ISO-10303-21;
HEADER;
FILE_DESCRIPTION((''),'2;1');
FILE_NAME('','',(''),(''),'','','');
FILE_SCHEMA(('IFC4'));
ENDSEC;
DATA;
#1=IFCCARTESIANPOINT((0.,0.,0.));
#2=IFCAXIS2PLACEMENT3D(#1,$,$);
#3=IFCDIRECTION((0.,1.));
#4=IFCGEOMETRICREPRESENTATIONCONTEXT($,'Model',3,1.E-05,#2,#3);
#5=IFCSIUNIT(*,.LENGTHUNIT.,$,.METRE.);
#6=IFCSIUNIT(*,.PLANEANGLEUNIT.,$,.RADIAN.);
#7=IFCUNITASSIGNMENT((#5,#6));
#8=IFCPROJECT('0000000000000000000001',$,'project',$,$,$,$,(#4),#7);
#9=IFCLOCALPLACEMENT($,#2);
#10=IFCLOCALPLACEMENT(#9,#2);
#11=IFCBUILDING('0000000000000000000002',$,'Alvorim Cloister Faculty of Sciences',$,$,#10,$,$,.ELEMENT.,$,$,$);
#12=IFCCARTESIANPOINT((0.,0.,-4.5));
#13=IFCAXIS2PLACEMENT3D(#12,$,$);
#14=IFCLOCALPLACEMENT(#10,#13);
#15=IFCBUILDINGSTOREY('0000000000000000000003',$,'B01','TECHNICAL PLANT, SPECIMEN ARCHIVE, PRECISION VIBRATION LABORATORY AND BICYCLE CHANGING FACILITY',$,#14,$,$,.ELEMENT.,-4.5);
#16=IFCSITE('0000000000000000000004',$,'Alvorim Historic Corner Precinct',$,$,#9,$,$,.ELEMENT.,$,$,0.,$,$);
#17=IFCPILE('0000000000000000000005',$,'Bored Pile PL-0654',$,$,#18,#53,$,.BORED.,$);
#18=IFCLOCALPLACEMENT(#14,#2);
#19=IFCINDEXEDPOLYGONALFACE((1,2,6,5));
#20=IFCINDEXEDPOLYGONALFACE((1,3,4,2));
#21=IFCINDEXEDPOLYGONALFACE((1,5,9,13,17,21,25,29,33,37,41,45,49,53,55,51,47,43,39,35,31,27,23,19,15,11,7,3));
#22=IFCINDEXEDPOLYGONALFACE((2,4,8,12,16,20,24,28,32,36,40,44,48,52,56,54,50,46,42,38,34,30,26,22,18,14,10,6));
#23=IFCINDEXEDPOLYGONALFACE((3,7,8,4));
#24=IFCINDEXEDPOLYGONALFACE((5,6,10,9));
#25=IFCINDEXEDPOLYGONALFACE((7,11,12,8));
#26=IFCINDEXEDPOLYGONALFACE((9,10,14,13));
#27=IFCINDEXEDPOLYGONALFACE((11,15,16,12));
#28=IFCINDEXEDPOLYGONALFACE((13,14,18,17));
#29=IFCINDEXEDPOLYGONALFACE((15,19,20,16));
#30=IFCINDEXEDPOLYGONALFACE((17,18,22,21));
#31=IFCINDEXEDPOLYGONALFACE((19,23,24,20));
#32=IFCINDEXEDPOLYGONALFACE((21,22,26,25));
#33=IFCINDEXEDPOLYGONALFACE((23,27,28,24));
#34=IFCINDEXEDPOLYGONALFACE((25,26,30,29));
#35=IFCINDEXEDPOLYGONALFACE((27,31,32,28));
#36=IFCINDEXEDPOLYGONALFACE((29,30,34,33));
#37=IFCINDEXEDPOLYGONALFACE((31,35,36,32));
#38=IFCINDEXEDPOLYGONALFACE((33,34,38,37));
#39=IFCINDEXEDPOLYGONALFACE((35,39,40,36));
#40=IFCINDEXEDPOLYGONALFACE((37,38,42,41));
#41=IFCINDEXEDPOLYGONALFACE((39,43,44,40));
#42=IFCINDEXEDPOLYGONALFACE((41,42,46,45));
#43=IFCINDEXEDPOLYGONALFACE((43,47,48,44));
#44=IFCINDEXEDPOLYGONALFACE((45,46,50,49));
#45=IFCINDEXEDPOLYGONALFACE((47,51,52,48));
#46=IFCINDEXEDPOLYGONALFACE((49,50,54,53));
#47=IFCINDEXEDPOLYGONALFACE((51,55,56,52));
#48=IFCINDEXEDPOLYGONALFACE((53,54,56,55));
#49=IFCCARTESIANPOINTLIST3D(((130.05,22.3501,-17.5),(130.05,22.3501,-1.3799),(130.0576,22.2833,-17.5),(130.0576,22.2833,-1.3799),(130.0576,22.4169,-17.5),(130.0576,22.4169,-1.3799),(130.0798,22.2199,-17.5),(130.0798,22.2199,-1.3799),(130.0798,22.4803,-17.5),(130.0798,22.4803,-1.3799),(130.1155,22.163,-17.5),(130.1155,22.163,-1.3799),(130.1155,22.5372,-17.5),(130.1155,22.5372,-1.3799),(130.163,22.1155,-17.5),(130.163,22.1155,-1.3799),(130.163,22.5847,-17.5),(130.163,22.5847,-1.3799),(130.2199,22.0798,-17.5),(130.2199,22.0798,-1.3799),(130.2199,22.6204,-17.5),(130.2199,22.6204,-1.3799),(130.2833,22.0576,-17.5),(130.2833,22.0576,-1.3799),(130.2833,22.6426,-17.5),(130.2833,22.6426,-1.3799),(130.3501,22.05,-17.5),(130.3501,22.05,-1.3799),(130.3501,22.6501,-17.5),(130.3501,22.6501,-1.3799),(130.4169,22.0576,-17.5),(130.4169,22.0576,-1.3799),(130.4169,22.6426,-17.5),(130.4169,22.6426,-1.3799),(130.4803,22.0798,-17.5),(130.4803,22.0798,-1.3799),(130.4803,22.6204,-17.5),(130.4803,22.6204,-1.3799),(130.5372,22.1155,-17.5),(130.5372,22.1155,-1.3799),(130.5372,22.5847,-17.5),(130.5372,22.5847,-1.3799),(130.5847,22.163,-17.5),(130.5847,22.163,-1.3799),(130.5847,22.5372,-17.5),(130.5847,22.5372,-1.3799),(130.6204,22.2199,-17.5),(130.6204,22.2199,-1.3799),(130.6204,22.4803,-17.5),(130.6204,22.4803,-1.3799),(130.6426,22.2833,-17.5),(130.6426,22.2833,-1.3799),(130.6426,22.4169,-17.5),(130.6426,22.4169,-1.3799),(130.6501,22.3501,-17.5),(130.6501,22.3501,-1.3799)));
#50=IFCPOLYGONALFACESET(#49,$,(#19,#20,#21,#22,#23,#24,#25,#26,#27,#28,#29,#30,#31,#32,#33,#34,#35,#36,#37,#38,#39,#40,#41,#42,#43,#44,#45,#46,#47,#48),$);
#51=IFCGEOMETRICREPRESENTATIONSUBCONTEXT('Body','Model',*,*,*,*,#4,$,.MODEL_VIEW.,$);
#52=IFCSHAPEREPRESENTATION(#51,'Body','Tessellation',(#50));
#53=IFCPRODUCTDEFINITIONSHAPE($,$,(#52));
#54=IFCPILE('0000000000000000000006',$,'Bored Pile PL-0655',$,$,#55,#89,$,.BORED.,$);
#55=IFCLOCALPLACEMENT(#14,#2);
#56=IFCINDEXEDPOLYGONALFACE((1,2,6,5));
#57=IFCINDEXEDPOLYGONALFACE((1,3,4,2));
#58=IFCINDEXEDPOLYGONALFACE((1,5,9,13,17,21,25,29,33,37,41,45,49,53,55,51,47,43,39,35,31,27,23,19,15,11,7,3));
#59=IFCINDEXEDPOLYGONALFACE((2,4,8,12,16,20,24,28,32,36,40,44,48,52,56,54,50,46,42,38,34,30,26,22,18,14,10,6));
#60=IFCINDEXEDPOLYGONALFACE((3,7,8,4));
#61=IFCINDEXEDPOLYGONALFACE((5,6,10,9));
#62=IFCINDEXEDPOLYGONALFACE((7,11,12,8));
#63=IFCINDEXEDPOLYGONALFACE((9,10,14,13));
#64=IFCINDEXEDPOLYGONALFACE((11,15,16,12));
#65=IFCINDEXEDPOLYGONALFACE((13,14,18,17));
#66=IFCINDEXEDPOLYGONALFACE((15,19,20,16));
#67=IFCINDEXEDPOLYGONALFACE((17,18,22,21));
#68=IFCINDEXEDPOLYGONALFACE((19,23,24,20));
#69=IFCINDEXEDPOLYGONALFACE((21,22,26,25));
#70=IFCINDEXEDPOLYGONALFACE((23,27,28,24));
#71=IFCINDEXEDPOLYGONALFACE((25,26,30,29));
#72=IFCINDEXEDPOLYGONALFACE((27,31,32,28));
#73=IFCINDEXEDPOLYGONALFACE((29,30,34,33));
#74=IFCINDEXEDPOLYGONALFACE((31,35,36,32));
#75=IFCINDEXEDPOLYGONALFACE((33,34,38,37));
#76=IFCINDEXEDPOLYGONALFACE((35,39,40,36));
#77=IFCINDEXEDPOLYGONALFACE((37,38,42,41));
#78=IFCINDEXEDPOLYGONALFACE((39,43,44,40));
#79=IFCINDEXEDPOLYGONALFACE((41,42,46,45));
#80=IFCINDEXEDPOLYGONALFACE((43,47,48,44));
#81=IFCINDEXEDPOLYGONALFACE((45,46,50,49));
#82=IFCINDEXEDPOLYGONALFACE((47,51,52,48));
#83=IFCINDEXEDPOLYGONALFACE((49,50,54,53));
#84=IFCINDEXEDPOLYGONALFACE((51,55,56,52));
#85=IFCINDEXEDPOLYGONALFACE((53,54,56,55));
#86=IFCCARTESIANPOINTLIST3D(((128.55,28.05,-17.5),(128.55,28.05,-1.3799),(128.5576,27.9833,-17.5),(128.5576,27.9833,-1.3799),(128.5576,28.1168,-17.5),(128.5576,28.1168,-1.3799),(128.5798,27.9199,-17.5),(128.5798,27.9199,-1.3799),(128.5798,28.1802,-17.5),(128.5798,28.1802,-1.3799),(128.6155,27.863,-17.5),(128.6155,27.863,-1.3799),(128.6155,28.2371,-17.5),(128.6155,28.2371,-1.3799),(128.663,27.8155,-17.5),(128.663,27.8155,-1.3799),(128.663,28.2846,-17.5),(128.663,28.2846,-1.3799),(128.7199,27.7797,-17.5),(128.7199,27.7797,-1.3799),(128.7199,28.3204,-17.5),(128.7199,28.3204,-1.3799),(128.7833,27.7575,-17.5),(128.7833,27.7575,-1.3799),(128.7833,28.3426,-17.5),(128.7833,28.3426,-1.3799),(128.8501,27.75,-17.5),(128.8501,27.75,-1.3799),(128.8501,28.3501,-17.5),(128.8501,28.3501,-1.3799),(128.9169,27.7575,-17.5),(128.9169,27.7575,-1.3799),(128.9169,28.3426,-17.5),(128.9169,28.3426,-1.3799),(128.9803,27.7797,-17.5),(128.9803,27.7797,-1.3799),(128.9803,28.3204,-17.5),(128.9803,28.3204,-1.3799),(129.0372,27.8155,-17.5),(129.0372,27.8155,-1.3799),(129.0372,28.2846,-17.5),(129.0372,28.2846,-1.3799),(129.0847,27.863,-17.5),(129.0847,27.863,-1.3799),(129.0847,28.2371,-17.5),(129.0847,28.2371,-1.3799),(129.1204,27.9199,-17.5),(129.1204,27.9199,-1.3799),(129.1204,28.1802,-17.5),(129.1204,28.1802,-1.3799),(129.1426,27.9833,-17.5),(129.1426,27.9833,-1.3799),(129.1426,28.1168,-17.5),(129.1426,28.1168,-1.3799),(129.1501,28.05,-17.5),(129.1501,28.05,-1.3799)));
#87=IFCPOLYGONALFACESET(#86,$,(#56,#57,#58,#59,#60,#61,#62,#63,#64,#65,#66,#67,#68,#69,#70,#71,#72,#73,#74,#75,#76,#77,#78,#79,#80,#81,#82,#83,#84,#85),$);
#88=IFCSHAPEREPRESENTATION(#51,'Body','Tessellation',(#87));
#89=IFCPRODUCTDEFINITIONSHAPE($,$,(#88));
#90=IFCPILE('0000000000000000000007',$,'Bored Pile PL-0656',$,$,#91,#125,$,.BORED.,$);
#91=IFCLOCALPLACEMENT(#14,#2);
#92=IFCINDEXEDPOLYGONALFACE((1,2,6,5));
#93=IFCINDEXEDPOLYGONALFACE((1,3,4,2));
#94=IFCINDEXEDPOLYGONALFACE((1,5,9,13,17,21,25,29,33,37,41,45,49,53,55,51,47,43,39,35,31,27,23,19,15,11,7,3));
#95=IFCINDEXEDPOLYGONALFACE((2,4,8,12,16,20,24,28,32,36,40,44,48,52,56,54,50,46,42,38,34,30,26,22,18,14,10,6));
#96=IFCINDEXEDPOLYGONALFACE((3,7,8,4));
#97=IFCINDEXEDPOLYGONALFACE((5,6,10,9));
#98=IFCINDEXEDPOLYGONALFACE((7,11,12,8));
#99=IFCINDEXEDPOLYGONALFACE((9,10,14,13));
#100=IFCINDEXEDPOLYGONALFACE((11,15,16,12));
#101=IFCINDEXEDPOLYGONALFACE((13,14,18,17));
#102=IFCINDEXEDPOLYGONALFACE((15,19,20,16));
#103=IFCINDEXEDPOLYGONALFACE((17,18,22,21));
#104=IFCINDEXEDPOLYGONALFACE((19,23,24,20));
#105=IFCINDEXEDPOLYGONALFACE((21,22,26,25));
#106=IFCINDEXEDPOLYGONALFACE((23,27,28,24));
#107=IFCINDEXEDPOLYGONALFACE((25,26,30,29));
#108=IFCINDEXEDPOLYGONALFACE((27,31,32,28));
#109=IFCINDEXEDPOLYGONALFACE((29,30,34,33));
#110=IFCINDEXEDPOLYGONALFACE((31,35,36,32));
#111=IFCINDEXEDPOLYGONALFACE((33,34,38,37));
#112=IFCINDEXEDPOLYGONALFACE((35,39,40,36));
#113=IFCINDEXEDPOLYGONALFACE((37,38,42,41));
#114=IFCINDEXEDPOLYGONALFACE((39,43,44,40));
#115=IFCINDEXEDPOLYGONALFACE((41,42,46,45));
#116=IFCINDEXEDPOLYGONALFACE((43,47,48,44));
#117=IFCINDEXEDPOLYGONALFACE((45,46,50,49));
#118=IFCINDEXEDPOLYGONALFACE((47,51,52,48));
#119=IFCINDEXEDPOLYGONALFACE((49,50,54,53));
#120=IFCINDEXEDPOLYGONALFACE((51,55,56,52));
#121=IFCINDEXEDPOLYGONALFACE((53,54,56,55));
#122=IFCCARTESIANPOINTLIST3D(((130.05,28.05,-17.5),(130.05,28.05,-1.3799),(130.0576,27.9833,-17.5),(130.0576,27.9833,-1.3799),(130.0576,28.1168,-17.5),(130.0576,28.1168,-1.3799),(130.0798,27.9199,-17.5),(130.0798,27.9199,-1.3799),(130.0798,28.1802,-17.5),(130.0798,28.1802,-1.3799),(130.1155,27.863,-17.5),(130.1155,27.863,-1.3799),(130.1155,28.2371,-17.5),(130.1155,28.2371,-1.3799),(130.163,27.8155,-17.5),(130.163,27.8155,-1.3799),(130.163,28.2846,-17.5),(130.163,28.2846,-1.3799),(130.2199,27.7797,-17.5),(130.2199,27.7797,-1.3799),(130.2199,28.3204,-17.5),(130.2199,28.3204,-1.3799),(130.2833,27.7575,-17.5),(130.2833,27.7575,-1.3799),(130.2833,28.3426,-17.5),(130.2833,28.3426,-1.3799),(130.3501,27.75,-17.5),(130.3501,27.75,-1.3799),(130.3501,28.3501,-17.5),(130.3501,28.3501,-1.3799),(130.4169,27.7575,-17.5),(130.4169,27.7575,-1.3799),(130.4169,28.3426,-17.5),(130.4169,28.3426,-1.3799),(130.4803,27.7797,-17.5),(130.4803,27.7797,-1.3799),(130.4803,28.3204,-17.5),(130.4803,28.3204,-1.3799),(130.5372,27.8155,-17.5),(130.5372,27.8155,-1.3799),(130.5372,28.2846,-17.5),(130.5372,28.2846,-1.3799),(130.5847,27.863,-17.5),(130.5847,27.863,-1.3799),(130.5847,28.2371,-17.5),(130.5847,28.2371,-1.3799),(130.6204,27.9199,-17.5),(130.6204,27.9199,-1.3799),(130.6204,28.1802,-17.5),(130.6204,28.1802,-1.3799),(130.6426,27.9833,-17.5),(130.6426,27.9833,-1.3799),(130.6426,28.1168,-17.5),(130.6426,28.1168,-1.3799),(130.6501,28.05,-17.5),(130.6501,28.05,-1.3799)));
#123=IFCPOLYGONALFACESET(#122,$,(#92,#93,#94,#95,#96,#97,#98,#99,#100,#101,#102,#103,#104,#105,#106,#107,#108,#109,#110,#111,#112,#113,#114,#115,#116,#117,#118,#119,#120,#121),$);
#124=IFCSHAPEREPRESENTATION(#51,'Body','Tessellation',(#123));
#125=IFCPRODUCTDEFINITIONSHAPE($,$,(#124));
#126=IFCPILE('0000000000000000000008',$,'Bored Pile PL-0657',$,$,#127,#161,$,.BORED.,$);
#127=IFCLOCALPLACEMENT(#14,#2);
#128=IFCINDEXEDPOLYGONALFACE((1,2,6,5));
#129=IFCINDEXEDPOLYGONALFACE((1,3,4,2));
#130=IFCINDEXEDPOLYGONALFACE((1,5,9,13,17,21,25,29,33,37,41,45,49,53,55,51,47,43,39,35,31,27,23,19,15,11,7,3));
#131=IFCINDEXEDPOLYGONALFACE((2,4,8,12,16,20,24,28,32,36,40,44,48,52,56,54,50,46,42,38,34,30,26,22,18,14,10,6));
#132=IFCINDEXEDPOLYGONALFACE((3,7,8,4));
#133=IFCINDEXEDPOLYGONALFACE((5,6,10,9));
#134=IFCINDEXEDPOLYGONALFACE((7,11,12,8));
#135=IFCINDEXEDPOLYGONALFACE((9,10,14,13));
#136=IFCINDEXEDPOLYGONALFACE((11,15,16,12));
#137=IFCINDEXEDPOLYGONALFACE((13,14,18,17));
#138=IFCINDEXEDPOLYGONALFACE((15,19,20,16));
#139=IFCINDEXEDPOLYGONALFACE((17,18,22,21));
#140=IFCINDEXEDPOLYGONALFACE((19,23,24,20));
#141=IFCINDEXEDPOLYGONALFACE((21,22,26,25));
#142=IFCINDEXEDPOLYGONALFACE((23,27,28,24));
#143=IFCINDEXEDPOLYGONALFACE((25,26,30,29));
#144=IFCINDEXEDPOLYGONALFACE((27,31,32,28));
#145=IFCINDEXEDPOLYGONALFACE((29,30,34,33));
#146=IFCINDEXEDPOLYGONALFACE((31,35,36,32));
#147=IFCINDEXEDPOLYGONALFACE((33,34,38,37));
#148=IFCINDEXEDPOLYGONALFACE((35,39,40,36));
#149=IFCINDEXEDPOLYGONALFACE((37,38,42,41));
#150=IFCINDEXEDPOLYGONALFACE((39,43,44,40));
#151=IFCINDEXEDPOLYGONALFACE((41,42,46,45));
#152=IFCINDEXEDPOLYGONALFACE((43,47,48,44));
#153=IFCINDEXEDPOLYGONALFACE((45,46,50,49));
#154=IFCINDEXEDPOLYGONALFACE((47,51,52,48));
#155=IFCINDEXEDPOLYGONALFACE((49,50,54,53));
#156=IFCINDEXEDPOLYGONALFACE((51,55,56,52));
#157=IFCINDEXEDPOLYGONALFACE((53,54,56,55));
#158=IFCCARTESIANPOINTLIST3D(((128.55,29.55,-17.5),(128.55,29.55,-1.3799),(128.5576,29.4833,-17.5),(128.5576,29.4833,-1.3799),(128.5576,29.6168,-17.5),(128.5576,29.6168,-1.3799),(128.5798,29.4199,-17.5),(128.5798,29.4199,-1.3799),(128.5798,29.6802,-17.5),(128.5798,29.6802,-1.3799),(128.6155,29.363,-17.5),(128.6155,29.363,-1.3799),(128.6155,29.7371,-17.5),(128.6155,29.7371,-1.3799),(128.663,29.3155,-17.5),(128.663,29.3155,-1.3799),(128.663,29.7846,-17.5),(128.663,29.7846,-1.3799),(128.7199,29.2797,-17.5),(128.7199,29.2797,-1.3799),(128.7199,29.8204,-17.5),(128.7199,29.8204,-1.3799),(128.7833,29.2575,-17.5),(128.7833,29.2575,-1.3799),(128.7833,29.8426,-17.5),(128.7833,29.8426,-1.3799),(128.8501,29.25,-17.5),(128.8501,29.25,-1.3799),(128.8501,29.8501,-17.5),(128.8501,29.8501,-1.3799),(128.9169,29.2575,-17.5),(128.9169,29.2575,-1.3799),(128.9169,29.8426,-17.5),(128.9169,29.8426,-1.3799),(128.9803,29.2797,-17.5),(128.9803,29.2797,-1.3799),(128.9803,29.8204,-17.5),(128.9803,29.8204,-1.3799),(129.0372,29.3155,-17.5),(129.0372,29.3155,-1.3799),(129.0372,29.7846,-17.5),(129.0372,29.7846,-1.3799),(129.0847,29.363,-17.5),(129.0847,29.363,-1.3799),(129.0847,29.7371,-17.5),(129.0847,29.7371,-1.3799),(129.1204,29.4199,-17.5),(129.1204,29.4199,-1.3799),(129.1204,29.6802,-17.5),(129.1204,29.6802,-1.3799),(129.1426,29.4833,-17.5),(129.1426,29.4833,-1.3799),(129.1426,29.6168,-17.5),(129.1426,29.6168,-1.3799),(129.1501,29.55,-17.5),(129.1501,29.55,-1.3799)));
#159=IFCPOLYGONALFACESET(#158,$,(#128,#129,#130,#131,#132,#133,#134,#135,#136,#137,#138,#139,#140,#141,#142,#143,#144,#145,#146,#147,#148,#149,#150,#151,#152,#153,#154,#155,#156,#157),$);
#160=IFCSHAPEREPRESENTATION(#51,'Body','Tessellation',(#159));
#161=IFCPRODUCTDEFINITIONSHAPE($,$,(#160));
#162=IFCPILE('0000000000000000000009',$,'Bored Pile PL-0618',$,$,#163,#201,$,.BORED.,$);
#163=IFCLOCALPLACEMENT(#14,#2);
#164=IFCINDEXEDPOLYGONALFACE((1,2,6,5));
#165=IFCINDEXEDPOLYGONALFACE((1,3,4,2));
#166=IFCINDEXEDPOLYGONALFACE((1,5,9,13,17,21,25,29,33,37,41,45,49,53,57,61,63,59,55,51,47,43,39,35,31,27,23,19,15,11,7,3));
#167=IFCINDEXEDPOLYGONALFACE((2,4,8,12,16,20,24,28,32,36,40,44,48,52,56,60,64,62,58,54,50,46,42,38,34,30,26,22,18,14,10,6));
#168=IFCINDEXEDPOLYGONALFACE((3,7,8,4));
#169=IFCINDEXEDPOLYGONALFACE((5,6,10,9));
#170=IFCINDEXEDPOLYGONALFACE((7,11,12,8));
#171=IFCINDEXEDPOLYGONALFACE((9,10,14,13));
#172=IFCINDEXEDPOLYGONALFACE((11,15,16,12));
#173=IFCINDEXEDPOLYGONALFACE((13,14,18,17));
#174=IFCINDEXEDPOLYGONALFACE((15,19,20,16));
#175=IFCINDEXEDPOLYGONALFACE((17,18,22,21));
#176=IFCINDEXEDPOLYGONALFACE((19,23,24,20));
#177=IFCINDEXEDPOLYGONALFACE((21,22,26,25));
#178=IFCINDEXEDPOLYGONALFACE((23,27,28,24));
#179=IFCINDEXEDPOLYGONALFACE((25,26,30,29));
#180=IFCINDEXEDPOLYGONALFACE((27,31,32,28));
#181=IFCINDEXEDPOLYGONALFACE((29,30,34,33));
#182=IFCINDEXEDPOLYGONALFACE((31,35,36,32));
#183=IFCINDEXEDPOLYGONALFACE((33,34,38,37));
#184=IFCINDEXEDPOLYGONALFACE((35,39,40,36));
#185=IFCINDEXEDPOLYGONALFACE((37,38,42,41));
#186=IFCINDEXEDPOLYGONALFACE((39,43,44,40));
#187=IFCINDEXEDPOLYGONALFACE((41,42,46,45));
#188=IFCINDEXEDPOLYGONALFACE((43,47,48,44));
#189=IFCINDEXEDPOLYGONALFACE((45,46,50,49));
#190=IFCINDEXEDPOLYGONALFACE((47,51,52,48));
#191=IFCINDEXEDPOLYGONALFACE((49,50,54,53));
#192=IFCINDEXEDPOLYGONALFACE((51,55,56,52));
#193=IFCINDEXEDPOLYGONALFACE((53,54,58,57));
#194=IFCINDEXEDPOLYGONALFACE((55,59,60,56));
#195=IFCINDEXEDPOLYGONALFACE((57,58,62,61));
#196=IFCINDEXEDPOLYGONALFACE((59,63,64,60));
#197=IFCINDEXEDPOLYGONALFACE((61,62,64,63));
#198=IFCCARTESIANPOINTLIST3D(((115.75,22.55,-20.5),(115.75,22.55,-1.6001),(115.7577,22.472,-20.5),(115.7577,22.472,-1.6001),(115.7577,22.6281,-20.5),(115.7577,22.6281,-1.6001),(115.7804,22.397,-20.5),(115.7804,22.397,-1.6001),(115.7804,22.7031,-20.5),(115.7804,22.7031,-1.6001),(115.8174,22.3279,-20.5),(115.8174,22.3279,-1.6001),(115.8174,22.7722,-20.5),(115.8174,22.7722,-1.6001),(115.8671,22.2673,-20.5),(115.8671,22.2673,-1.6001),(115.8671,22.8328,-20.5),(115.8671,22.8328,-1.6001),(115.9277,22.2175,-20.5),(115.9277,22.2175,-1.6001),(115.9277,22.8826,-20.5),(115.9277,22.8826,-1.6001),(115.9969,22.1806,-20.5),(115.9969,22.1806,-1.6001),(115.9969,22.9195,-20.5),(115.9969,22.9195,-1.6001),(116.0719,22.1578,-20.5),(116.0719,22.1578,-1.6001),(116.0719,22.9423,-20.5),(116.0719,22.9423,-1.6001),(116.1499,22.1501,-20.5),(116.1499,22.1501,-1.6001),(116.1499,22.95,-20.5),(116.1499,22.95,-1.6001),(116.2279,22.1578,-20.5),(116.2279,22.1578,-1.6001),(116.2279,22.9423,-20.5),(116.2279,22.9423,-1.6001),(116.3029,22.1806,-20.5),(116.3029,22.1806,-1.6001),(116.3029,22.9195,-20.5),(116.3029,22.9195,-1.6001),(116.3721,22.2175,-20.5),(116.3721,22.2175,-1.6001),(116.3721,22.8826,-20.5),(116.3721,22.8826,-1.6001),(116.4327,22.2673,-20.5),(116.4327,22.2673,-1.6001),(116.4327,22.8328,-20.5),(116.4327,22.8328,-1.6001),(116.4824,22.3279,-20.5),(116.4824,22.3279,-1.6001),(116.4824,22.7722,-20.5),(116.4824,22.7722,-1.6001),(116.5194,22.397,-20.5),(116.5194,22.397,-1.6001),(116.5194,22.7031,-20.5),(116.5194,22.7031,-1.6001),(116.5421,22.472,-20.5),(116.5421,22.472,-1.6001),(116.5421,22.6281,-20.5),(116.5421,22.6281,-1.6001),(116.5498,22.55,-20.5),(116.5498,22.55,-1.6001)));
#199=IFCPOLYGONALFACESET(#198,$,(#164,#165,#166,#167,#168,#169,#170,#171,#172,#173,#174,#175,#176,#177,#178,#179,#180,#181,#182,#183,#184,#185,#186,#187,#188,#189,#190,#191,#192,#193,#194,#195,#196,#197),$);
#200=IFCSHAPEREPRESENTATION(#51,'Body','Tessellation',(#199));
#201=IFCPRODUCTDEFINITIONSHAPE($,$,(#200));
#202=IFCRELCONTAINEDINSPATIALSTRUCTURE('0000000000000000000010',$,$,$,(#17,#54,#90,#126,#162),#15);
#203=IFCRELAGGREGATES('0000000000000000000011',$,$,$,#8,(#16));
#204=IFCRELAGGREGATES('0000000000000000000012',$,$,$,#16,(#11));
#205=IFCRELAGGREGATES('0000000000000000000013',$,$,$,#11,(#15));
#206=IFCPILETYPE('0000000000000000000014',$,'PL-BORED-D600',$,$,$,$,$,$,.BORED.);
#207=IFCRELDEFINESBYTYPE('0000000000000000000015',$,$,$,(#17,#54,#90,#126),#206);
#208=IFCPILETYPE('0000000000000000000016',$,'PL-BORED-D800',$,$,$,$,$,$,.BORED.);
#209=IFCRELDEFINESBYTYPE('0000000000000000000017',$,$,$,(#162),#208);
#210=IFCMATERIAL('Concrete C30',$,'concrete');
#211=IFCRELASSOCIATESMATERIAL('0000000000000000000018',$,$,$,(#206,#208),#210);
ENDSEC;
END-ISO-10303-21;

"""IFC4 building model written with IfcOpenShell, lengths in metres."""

from ifc_helpers import new_model, si_unit, direction, frame, origin, origin_2d, place, context, subcontext, project, spatial, circle, extrude, material, material_profile, profile_set, type_object, element, save


model = new_model("IFC4")

# Units and contexts
model_context = context("Model", 3, precision=1e-05, world=origin(), true_north=direction((0.0, 1.0)))
body_context = subcontext(model_context, "Body", "Model", "MODEL_VIEW")
ifc_project = project(units=[si_unit("LENGTHUNIT", "METRE"), si_unit("PLANEANGLEUNIT", "RADIAN")], contexts=[model_context])

# Site, building, storey
site_placement = place(None, origin())
site = spatial("IfcSite", under=ifc_project, at=site_placement, Name="Alvorim Historic Corner Precinct", CompositionType="ELEMENT", RefElevation=0.0)
building_placement = place(site_placement, origin())
building = spatial("IfcBuilding", under=site, at=building_placement, Name="Alvorim Cloister Faculty of Sciences", CompositionType="ELEMENT")
storey_placement = place(building_placement, frame((0.0, 0.0, -4.5)))
storey = spatial("IfcBuildingStorey", under=building, at=storey_placement, Name="B01", Description="TECHNICAL PLANT, SPECIMEN ARCHIVE, PRECISION VIBRATION LABORATORY AND BICYCLE CHANGING FACILITY", CompositionType="ELEMENT", Elevation=-4.5)

# Piles
ifc_material_1 = material(Name="Concrete C30", Category="concrete")
ifc_material_profile_1 = material_profile(ifc_material_1, circle(Radius=0.3, at=origin_2d()), Name="PILE-D600")
ifc_profile_set_1 = profile_set([ifc_material_profile_1], Name="Concrete C30")
pile_type_1 = type_object("IfcPileType", Name="PL-BORED-D600", PredefinedType="BORED", material=ifc_profile_set_1)
for number, where, z_axis, x_axis, name in (
    (1, (130.3501, 22.3501, -1.3799), (0.0, 0.0, -1.0), (1.0, 0.0, 0.0), "Bored Pile PL-0654"),
    (2, (128.8501, 28.05, -1.3799), (0.0, 0.0, -1.0), (1.0, 0.0, 0.0), "Bored Pile PL-0655"),
    (3, (130.3501, 28.05, -1.3799), (0.0, 0.0, -1.0), (1.0, 0.0, 0.0), "Bored Pile PL-0656"),
    (4, (128.8501, 29.55, -1.3799), (0.0, 0.0, -1.0), (1.0, 0.0, 0.0), "Bored Pile PL-0657"),
):
    element("IfcPile", number, at=place(storey_placement, frame(where, z_axis=z_axis, x_axis=x_axis)), inside=storey, type_object=pile_type_1, Name=name, PredefinedType="BORED", context=body_context, shape_type="SweptSolid", body=[
        extrude(circle(Radius=0.3, at=origin_2d()), origin(), (0.0, 0.0, 1.0), 16.1201),
    ])
ifc_material_profile_2 = material_profile(ifc_material_1, circle(Radius=0.3999, at=origin_2d()), Name="PILE-D800")
ifc_profile_set_2 = profile_set([ifc_material_profile_2], Name="Concrete C30")
pile_type_2 = type_object("IfcPileType", Name="PL-BORED-D800", PredefinedType="BORED", material=ifc_profile_set_2)
for number, where, z_axis, x_axis, name in (
    (5, (116.1499, 22.55, -1.6001), (0.0, 0.0, -1.0), (1.0, 0.0, 0.0), "Bored Pile PL-0618"),
):
    element("IfcPile", number, at=place(storey_placement, frame(where, z_axis=z_axis, x_axis=x_axis)), inside=storey, type_object=pile_type_2, Name=name, PredefinedType="BORED", context=body_context, shape_type="SweptSolid", body=[
        extrude(circle(Radius=0.3999, at=origin_2d()), origin(), (0.0, 0.0, 1.0), 18.8999),
    ])

save(model, "model.ifc")
